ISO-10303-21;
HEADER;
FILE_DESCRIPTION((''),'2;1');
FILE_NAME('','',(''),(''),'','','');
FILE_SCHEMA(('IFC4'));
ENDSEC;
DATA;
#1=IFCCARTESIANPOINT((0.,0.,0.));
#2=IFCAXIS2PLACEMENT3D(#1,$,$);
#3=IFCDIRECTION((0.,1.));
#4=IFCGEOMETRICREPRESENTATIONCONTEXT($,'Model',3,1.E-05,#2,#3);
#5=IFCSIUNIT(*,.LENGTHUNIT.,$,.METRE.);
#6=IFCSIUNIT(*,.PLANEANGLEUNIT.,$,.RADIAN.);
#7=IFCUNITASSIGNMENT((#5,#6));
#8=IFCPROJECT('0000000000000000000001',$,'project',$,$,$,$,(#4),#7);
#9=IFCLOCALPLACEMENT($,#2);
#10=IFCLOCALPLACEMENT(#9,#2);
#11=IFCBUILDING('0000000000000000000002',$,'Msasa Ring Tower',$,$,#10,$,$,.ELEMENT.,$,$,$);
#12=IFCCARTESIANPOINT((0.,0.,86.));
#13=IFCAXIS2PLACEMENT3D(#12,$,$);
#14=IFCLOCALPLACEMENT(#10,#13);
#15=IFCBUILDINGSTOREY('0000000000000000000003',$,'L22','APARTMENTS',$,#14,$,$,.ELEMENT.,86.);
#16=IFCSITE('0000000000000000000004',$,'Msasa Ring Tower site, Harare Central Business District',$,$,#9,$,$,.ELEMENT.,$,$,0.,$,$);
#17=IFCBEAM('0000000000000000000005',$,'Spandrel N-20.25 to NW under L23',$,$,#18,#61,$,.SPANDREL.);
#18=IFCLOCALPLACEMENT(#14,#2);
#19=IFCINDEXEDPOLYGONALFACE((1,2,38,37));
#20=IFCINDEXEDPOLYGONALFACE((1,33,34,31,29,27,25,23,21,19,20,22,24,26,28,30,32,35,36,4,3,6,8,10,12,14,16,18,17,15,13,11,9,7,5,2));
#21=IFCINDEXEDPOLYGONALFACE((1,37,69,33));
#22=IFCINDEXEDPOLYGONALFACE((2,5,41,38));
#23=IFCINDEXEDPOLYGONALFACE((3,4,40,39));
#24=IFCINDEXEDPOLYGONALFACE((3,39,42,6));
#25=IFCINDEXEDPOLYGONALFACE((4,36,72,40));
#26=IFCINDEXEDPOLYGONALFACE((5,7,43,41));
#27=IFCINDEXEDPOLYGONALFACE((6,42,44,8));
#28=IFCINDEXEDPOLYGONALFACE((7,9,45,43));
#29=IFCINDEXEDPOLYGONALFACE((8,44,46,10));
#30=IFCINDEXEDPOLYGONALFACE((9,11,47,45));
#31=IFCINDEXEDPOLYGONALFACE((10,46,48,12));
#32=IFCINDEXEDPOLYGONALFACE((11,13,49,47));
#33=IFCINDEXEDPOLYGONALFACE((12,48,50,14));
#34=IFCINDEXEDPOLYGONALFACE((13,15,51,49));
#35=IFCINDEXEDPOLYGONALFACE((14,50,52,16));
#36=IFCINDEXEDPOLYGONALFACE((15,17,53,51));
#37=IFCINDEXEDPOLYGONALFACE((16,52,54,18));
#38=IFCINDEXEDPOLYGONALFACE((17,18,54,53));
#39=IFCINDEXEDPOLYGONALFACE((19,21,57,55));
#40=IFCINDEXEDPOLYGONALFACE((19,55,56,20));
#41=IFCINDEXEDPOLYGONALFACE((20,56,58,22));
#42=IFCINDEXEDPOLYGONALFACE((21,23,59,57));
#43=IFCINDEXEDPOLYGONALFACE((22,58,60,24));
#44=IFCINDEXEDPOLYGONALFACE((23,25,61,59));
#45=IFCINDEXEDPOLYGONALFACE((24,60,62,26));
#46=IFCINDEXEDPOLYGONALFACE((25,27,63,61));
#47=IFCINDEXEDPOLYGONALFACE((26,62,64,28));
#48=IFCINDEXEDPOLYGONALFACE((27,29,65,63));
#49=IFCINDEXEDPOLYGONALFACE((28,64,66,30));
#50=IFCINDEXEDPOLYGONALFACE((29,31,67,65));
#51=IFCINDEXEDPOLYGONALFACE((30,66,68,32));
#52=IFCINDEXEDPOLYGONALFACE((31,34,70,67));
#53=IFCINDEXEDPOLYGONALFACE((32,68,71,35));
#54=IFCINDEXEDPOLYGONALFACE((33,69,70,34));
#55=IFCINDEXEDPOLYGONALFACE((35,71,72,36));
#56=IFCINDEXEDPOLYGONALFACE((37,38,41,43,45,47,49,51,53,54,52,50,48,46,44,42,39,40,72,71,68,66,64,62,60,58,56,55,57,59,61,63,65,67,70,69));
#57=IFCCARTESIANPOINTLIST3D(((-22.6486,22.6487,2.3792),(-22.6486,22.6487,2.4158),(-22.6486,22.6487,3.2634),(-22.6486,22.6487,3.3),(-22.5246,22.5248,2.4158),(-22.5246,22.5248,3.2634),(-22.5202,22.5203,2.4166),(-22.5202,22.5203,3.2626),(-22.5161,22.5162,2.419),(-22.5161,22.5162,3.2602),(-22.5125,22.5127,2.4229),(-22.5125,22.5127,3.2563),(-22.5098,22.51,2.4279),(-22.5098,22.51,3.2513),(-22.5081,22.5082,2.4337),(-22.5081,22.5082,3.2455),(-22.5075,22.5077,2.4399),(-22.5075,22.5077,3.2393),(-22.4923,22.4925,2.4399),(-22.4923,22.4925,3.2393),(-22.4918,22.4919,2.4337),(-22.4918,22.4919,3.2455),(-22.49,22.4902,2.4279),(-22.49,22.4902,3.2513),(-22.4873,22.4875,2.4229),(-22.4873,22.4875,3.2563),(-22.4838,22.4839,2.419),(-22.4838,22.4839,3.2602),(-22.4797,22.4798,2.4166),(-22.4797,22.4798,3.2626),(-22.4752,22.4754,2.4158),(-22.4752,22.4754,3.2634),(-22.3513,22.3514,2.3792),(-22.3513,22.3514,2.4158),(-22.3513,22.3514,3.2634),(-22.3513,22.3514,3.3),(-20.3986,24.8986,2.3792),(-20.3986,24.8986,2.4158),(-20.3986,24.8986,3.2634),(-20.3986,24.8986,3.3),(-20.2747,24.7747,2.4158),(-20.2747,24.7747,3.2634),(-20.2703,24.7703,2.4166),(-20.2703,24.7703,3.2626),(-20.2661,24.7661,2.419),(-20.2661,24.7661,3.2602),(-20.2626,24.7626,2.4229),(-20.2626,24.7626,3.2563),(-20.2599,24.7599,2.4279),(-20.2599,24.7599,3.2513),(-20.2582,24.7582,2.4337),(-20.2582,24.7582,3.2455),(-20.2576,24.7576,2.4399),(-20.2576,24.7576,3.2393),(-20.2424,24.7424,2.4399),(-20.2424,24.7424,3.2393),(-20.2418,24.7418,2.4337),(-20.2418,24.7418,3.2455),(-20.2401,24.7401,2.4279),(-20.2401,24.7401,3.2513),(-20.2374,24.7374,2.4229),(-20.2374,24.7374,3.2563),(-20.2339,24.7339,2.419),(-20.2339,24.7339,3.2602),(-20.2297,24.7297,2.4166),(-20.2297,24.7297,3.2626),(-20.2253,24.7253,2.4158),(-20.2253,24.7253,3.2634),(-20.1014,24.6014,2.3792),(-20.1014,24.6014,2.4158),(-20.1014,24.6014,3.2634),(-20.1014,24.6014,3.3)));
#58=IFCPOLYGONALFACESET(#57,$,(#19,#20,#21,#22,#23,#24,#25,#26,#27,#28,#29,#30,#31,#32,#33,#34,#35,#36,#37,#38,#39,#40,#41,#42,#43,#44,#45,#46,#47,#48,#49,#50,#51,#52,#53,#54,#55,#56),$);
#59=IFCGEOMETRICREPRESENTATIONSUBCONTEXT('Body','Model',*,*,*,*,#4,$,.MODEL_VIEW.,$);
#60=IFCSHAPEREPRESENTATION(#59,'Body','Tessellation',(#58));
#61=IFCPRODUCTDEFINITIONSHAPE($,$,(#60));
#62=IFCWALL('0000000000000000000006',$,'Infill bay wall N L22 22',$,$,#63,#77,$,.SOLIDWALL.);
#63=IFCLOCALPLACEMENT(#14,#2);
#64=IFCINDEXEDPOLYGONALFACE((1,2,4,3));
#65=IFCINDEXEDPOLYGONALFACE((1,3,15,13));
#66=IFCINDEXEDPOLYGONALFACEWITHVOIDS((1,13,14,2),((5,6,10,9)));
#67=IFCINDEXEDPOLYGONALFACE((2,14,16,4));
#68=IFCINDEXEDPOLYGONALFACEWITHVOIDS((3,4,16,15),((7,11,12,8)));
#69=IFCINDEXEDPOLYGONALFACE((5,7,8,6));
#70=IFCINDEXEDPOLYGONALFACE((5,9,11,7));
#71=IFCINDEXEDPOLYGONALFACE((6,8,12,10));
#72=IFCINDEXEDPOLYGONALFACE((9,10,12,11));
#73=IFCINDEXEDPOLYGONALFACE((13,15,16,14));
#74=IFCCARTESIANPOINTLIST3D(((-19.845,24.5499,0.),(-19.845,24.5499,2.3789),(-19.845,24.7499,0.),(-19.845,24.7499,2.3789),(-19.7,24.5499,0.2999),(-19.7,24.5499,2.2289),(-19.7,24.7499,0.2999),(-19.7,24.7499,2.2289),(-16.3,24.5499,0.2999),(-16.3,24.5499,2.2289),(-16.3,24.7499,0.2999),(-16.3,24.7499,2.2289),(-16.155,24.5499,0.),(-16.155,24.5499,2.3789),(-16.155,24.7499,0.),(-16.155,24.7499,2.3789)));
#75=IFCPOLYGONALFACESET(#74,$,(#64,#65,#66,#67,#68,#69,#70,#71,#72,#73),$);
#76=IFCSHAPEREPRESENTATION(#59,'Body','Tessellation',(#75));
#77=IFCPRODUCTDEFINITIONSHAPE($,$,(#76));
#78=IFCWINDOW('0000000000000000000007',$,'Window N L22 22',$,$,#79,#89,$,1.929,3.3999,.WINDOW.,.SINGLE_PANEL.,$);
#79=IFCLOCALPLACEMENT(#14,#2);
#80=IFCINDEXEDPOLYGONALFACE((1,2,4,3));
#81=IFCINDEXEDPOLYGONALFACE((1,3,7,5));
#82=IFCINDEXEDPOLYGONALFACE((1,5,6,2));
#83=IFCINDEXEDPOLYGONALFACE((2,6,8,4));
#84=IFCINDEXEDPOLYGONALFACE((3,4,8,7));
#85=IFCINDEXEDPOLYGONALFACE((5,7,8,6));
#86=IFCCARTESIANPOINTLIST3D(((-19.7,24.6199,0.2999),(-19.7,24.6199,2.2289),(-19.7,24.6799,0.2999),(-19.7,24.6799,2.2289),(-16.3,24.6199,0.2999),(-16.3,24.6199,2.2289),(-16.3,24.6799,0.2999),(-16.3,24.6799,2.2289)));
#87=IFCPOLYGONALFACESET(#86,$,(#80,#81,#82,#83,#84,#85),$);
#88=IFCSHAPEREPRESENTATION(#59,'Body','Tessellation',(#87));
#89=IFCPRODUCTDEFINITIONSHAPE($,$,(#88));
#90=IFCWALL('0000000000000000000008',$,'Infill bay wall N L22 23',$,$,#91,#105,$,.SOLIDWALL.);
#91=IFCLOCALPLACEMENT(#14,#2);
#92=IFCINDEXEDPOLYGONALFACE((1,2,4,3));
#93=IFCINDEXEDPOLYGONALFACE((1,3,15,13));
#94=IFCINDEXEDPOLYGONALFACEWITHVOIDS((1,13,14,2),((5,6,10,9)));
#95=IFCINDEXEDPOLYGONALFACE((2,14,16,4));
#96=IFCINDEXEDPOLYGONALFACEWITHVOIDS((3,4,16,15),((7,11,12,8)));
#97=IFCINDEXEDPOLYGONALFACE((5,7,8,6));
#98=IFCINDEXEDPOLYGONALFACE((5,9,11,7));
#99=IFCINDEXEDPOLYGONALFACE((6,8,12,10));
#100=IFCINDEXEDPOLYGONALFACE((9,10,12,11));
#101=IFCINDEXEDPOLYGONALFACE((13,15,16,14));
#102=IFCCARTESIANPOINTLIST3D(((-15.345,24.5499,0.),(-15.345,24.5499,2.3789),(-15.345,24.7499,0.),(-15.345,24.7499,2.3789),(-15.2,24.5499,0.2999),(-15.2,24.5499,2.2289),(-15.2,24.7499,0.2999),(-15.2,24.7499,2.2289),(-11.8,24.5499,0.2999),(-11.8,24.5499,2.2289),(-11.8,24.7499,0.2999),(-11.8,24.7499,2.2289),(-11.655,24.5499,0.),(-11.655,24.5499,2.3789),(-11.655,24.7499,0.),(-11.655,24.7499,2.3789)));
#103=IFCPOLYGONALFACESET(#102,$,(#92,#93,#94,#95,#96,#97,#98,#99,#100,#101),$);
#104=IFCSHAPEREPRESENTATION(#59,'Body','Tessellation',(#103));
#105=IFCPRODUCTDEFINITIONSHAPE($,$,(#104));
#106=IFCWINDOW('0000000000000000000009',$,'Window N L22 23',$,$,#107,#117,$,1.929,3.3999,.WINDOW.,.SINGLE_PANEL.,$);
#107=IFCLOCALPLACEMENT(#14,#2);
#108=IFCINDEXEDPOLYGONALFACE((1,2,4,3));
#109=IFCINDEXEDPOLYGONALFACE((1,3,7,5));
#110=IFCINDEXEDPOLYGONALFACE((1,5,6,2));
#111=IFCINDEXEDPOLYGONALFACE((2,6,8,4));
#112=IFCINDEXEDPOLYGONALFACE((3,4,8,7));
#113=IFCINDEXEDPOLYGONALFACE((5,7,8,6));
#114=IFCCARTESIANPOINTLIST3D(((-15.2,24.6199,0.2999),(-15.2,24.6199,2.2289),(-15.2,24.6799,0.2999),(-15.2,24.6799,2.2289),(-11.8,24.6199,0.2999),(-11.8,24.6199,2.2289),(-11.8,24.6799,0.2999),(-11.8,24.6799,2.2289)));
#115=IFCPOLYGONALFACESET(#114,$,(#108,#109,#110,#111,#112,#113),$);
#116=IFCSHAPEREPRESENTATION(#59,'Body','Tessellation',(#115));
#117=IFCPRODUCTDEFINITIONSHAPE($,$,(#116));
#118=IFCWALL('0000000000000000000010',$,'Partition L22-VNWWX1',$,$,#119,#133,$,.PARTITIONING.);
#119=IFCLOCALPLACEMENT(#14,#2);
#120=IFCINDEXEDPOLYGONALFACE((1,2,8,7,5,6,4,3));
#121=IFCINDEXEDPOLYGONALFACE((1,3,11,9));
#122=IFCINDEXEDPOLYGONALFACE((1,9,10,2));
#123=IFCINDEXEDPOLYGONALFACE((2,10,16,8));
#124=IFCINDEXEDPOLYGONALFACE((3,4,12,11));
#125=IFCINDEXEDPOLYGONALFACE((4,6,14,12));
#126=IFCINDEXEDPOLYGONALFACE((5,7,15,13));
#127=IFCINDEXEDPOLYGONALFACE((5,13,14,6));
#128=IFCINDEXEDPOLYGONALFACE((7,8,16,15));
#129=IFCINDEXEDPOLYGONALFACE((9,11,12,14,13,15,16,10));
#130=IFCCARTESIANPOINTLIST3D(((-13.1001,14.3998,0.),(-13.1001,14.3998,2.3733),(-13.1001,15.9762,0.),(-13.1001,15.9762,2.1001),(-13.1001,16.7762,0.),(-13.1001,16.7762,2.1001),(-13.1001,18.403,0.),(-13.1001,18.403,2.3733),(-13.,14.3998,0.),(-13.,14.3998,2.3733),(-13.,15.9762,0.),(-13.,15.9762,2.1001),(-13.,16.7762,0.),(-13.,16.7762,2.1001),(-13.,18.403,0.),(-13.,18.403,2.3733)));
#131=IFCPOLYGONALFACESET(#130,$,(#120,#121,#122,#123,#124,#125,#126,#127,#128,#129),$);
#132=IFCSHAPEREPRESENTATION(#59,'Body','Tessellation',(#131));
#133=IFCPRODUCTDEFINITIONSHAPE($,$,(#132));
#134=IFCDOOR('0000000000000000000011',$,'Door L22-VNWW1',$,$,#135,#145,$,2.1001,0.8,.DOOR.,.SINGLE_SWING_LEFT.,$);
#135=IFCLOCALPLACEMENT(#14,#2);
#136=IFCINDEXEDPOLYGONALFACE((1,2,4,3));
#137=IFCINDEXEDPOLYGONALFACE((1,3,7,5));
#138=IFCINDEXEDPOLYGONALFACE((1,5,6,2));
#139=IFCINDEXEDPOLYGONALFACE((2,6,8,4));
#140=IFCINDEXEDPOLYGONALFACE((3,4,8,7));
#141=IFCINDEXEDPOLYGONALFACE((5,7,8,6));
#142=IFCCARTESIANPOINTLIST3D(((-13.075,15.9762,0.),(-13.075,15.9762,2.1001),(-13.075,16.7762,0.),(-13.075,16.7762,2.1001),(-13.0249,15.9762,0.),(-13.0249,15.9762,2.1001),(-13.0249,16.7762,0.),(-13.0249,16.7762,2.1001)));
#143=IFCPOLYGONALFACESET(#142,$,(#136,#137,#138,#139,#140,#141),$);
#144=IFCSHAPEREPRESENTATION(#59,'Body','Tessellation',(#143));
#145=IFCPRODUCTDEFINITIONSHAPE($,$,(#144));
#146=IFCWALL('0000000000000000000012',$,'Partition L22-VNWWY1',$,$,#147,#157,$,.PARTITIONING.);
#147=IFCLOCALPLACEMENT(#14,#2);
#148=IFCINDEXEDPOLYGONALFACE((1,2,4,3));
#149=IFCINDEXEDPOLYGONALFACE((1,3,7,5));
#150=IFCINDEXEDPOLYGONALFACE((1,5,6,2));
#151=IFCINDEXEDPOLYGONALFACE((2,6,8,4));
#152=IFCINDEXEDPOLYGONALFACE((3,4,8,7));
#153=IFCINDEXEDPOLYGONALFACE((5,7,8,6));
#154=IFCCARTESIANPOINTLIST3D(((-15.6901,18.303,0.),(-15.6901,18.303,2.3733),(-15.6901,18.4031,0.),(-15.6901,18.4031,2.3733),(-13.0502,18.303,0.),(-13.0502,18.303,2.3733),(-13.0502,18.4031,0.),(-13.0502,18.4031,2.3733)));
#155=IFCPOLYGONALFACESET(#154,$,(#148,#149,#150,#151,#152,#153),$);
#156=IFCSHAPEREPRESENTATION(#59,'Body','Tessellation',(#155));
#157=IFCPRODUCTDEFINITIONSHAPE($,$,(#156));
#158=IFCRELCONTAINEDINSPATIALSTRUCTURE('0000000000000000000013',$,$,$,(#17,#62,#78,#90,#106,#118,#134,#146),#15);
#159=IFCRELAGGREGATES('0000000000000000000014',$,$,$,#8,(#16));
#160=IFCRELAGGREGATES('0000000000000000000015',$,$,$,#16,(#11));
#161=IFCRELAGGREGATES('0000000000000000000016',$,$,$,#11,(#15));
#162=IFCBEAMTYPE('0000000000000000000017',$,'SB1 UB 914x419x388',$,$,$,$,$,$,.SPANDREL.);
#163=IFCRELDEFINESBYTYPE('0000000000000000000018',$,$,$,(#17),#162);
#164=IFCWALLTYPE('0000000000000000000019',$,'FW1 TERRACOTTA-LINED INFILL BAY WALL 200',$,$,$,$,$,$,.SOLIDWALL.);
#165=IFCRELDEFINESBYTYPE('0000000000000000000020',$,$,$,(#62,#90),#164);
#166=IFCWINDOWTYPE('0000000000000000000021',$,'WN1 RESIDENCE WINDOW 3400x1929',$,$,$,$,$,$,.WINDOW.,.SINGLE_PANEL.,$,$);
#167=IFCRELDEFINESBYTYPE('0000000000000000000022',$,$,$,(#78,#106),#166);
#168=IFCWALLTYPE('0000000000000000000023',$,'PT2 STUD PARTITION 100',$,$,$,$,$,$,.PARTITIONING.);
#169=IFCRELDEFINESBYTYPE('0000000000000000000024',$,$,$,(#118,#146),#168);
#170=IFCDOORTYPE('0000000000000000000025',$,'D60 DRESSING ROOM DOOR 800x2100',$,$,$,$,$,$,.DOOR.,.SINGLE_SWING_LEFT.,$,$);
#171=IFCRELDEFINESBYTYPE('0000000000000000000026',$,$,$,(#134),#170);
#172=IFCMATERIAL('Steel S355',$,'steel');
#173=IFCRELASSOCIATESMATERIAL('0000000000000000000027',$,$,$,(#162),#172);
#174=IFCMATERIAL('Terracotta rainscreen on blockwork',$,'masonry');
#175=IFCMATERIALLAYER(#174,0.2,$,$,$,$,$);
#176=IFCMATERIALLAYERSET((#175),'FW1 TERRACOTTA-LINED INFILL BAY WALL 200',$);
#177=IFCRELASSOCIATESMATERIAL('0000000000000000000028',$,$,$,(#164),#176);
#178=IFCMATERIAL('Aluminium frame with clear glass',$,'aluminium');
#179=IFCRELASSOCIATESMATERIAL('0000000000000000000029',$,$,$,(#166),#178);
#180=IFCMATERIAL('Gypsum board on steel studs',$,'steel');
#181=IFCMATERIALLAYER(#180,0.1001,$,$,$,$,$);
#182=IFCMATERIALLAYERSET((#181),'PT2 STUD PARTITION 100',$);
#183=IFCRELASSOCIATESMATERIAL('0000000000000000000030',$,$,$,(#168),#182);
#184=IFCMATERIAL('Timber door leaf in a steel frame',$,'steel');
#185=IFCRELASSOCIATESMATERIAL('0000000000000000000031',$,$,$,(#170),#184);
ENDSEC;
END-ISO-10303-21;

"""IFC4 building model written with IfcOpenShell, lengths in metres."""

from ifc_helpers import new_model, si_unit, direction, frame, frame_2d, origin, origin_2d, place, context, subcontext, project, spatial, rectangle, i_section, extrude, material, layer, layer_set, material_profile, profile_set, type_object, element, fill, save


model = new_model("IFC4")

# Units and contexts
model_context = context("Model", 3, precision=1e-05, world=origin(), true_north=direction((0.0, 1.0)))
body_context = subcontext(model_context, "Body", "Model", "MODEL_VIEW")
ifc_project = project(units=[si_unit("LENGTHUNIT", "METRE"), si_unit("PLANEANGLEUNIT", "RADIAN")], contexts=[model_context])

# Site, building, storey
site_placement = place(None, origin())
site = spatial("IfcSite", under=ifc_project, at=site_placement, Name="Msasa Ring Tower site, Harare Central Business District", CompositionType="ELEMENT", RefElevation=0.0)
building_placement = place(site_placement, origin())
building = spatial("IfcBuilding", under=site, at=building_placement, Name="Msasa Ring Tower", CompositionType="ELEMENT")
storey_placement = place(building_placement, frame((0.0, 0.0, 86.0)))
storey = spatial("IfcBuildingStorey", under=building, at=storey_placement, Name="L22", Description="APARTMENTS", CompositionType="ELEMENT", Elevation=86.0)

# Beam
ifc_material_1 = material(Name="Steel S355", Category="steel")
ifc_material_profile_1 = material_profile(ifc_material_1, i_section(OverallWidth=0.4204, OverallDepth=0.9209, WebThickness=0.0215, FlangeThickness=0.0366, FilletRadius=0.0242, at=origin_2d()), Name="UB 914x419x388")
ifc_profile_set_1 = profile_set([ifc_material_profile_1], Name="Steel S355")
beam_type_1 = type_object("IfcBeamType", Name="SB1 UB 914x419x388", PredefinedType="SPANDREL", material=ifc_profile_set_1)
beam_1_placement = place(storey_placement, frame((-20.25, 24.75, 2.8396), z_axis=(-0.707107, -0.707107, 0.0), x_axis=(0.707107, -0.707107, 0.0)))
element("IfcBeam", 1, at=beam_1_placement, inside=storey, type_object=beam_type_1, Name="Spandrel N-20.25 to NW under L23", PredefinedType="SPANDREL", context=body_context, shape_type="SweptSolid", body=[
    extrude(i_section(OverallWidth=0.4204, OverallDepth=0.9209, WebThickness=0.0215, FlangeThickness=0.0366, FilletRadius=0.0242, at=origin_2d()), origin(), (0.0, 0.0, 1.0), 3.1819),
])

# Walls, openings, windows
ifc_material_2 = material(Name="Terracotta rainscreen on blockwork", Category="masonry")
ifc_layer_1 = layer(ifc_material_2, 0.2)
ifc_layer_set_1 = layer_set([ifc_layer_1], Name="FW1 TERRACOTTA-LINED INFILL BAY WALL 200")
wall_type_1 = type_object("IfcWallType", Name="FW1 TERRACOTTA-LINED INFILL BAY WALL 200", PredefinedType="SOLIDWALL", material=ifc_layer_set_1)
wall_1_placement = place(storey_placement, frame((-19.845, 24.6499, 0.0), z_axis=(0.0, 0.0, 1.0), x_axis=(1.0, 0.0, 0.0)))
wall_1 = element("IfcWall", 2, at=wall_1_placement, inside=storey, type_object=wall_type_1, Name="Infill bay wall N L22 22", PredefinedType="SOLIDWALL", context=body_context, shape_type="SweptSolid", body=[
    extrude(rectangle(XDim=3.6899, YDim=0.2, at=frame_2d((1.845, 0.0))), origin(), (0.0, 0.0, 1.0), 2.3789),
])
opening_1_placement = place(wall_1_placement, frame((0.145, 0.0, 0.3)))
opening_1 = element("IfcOpeningElement", 3, at=opening_1_placement, cuts=wall_1, PredefinedType="OPENING", context=body_context, shape_type="SweptSolid", body=[
    extrude(rectangle(XDim=3.3999, YDim=1.929, at=frame_2d((1.7, 0.9644))), frame((0.0, 0.1099, 0.0), z_axis=(0.0, -1.0, 0.0), x_axis=(1.0, 0.0, 0.0)), (0.0, 0.0, 1.0), 0.22),
])
ifc_material_3 = material(Name="Aluminium frame with clear glass", Category="aluminium")
window_type = type_object("IfcWindowType", Name="WN1 RESIDENCE WINDOW 3400x1929", PartitioningType="SINGLE_PANEL", PredefinedType="WINDOW", material=ifc_material_3)
window_1_placement = place(opening_1_placement, origin())
window_1 = element("IfcWindow", 4, at=window_1_placement, inside=storey, type_object=window_type, Name="Window N L22 22", OverallHeight=1.929, OverallWidth=3.3999, PartitioningType="SINGLE_PANEL", PredefinedType="WINDOW", context=body_context, shape_type="SweptSolid", body=[
    extrude(rectangle(XDim=3.3999, YDim=1.929, at=frame_2d((1.7, 0.9644))), frame((0.0, 0.03, 0.0), z_axis=(0.0, -1.0, 0.0), x_axis=(1.0, 0.0, 0.0)), (0.0, 0.0, 1.0), 0.0601),
])
fill(opening_1, window_1)
wall_2_placement = place(storey_placement, frame((-15.345, 24.6499, 0.0), z_axis=(0.0, 0.0, 1.0), x_axis=(1.0, 0.0, 0.0)))
wall_2 = element("IfcWall", 5, at=wall_2_placement, inside=storey, type_object=wall_type_1, Name="Infill bay wall N L22 23", PredefinedType="SOLIDWALL", context=body_context, shape_type="SweptSolid", body=[
    extrude(rectangle(XDim=3.6899, YDim=0.2, at=frame_2d((1.845, 0.0))), origin(), (0.0, 0.0, 1.0), 2.3789),
])
opening_2_placement = place(wall_2_placement, frame((0.145, 0.0, 0.3)))
opening_2 = element("IfcOpeningElement", 6, at=opening_2_placement, cuts=wall_2, PredefinedType="OPENING", context=body_context, shape_type="SweptSolid", body=[
    extrude(rectangle(XDim=3.3999, YDim=1.929, at=frame_2d((1.7, 0.9644))), frame((0.0, 0.1099, 0.0), z_axis=(0.0, -1.0, 0.0), x_axis=(1.0, 0.0, 0.0)), (0.0, 0.0, 1.0), 0.22),
])
window_2_placement = place(opening_2_placement, origin())
window_2 = element("IfcWindow", 7, at=window_2_placement, inside=storey, type_object=window_type, Name="Window N L22 23", OverallHeight=1.929, OverallWidth=3.3999, PartitioningType="SINGLE_PANEL", PredefinedType="WINDOW", context=body_context, shape_type="SweptSolid", body=[
    extrude(rectangle(XDim=3.3999, YDim=1.929, at=frame_2d((1.7, 0.9644))), frame((0.0, 0.03, 0.0), z_axis=(0.0, -1.0, 0.0), x_axis=(1.0, 0.0, 0.0)), (0.0, 0.0, 1.0), 0.0601),
])
fill(opening_2, window_2)

# Wall, opening, door
ifc_material_4 = material(Name="Gypsum board on steel studs", Category="steel")
ifc_layer_2 = layer(ifc_material_4, 0.1001)
ifc_layer_set_2 = layer_set([ifc_layer_2], Name="PT2 STUD PARTITION 100")
wall_type_2 = type_object("IfcWallType", Name="PT2 STUD PARTITION 100", PredefinedType="PARTITIONING", material=ifc_layer_set_2)
wall_3_placement = place(storey_placement, frame((-13.05, 14.3999, 0.0), z_axis=(0.0, 0.0, 1.0), x_axis=(0.0, 1.0, 0.0)))
wall_3 = element("IfcWall", 8, at=wall_3_placement, inside=storey, type_object=wall_type_2, Name="Partition L22-VNWWX1", PredefinedType="PARTITIONING", context=body_context, shape_type="SweptSolid", body=[
    extrude(rectangle(XDim=4.0032, YDim=0.1001, at=frame_2d((2.0015, 0.0))), origin(), (0.0, 0.0, 1.0), 2.3733),
])
opening_3_placement = place(wall_3_placement, frame((1.5764, 0.0, 0.0)))
opening_3 = element("IfcOpeningElement", 9, at=opening_3_placement, cuts=wall_3, PredefinedType="OPENING", context=body_context, shape_type="SweptSolid", body=[
    extrude(rectangle(XDim=0.8, YDim=2.1001, at=frame_2d((0.3999, 1.05))), frame((0.0, 0.0601, 0.0), z_axis=(0.0, -1.0, 0.0), x_axis=(1.0, 0.0, 0.0)), (0.0, 0.0, 1.0), 0.1201),
])
ifc_material_5 = material(Name="Timber door leaf in a steel frame", Category="steel")
door_type = type_object("IfcDoorType", Name="D60 DRESSING ROOM DOOR 800x2100", OperationType="SINGLE_SWING_LEFT", PredefinedType="DOOR", material=ifc_material_5)
door_1_placement = place(opening_3_placement, origin())
door_1 = element("IfcDoor", 10, at=door_1_placement, inside=storey, type_object=door_type, Name="Door L22-VNWW1", OperationType="SINGLE_SWING_LEFT", OverallHeight=2.1001, OverallWidth=0.8, PredefinedType="DOOR", context=body_context, shape_type="SweptSolid", body=[
    extrude(rectangle(XDim=0.8, YDim=2.1001, at=frame_2d((0.3999, 1.05))), frame((0.0, 0.0249, 0.0), z_axis=(0.0, -1.0, 0.0), x_axis=(1.0, 0.0, 0.0)), (0.0, 0.0, 1.0), 0.05),
])
fill(opening_3, door_1)

# Wall
wall_4_placement = place(storey_placement, frame((-15.6899, 18.353, 0.0), z_axis=(0.0, 0.0, 1.0), x_axis=(1.0, 0.0, 0.0)))
element("IfcWall", 11, at=wall_4_placement, inside=storey, type_object=wall_type_2, Name="Partition L22-VNWWY1", PredefinedType="PARTITIONING", context=body_context, shape_type="SweptSolid", body=[
    extrude(rectangle(XDim=2.6399, YDim=0.1001, at=frame_2d((1.3198, 0.0))), origin(), (0.0, 0.0, 1.0), 2.3733),
])

save(model, "model.ifc")
